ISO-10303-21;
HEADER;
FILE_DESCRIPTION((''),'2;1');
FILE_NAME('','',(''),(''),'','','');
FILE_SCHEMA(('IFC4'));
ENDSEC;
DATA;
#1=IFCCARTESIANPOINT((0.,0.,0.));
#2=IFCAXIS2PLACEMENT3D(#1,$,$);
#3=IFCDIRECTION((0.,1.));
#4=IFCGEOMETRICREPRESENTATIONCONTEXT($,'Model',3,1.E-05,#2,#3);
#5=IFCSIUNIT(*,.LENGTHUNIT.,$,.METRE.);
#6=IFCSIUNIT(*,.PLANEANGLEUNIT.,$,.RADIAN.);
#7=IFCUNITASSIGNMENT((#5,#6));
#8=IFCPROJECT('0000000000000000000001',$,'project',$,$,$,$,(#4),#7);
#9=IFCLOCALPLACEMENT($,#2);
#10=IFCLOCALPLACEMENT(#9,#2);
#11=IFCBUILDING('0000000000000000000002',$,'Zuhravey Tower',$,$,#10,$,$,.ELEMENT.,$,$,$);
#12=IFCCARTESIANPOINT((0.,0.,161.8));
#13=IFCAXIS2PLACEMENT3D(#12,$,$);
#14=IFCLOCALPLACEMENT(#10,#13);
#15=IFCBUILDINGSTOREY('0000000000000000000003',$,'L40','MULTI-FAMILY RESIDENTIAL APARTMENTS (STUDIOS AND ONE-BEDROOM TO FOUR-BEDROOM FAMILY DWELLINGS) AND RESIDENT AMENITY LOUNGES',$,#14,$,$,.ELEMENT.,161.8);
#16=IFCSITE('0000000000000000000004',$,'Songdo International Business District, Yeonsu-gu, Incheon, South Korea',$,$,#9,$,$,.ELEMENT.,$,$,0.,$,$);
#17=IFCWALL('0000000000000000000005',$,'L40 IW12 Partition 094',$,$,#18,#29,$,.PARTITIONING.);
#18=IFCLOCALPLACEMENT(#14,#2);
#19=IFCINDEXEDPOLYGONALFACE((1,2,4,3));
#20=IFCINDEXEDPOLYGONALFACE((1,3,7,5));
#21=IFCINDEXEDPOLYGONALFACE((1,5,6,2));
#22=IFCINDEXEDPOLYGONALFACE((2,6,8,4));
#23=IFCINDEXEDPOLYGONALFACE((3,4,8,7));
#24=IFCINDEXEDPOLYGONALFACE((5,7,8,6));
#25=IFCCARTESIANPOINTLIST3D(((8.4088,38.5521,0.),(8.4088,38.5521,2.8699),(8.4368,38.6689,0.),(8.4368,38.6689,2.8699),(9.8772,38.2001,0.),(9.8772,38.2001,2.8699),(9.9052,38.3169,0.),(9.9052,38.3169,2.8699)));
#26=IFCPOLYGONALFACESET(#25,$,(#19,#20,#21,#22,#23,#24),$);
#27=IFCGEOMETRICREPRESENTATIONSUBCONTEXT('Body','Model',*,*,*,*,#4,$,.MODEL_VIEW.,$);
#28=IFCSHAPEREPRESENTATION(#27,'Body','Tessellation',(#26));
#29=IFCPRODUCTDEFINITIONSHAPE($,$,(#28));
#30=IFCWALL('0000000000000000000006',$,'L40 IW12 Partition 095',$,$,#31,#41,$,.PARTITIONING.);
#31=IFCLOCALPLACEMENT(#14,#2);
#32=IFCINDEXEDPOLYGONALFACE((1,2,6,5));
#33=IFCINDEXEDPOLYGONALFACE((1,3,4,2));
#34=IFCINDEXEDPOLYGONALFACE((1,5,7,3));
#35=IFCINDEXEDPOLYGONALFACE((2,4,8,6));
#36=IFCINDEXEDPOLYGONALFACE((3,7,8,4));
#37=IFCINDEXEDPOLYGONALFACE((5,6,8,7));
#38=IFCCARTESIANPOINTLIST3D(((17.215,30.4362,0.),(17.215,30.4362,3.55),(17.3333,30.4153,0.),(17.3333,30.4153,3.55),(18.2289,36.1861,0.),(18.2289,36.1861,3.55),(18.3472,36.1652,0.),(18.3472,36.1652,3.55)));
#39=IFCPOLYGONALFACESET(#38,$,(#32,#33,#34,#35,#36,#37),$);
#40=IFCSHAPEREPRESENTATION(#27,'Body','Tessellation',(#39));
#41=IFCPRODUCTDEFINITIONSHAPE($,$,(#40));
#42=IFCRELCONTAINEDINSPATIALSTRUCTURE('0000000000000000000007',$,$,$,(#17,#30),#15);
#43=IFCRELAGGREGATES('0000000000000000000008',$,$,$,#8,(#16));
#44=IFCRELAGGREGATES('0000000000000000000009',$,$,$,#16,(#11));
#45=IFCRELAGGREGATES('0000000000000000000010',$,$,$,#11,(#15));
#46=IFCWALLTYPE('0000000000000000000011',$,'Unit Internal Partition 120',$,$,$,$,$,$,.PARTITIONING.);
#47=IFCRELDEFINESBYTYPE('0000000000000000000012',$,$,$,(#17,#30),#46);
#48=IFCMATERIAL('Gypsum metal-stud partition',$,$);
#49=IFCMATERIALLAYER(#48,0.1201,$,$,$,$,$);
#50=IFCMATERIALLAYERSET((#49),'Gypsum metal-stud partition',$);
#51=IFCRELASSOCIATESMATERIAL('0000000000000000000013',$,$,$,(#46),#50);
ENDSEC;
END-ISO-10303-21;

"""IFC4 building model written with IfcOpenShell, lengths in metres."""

from ifc_helpers import new_model, si_unit, direction, frame, frame_2d, origin, place, context, subcontext, project, spatial, rectangle, extrude, material, layer, layer_set, type_object, element, save


model = new_model("IFC4")

# Units and contexts
model_context = context("Model", 3, precision=1e-05, world=origin(), true_north=direction((0.0, 1.0)))
body_context = subcontext(model_context, "Body", "Model", "MODEL_VIEW")
ifc_project = project(units=[si_unit("LENGTHUNIT", "METRE"), si_unit("PLANEANGLEUNIT", "RADIAN")], contexts=[model_context])

# Site, building, storey
site_placement = place(None, origin())
site = spatial("IfcSite", under=ifc_project, at=site_placement, Name="Songdo International Business District, Yeonsu-gu, Incheon, South Korea", CompositionType="ELEMENT", RefElevation=0.0)
building_placement = place(site_placement, origin())
building = spatial("IfcBuilding", under=site, at=building_placement, Name="Zuhravey Tower", CompositionType="ELEMENT")
storey_placement = place(building_placement, frame((0.0, 0.0, 161.8)))
storey = spatial("IfcBuildingStorey", under=building, at=storey_placement, Name="L40", Description="MULTI-FAMILY RESIDENTIAL APARTMENTS (STUDIOS AND ONE-BEDROOM TO FOUR-BEDROOM FAMILY DWELLINGS) AND RESIDENT AMENITY LOUNGES", CompositionType="ELEMENT", Elevation=161.8)

# Shared definitions
ifc_material_1 = material(Name="Gypsum metal-stud partition")
ifc_layer_1 = layer(ifc_material_1, 0.1201)
ifc_layer_set_1 = layer_set([ifc_layer_1], Name="Gypsum metal-stud partition")
wall_type_1 = type_object("IfcWallType", Name="Unit Internal Partition 120", PredefinedType="PARTITIONING", material=ifc_layer_set_1)

# Walls
wall_1_placement = place(storey_placement, frame((9.8911, 38.2585, 0.0), z_axis=(0.0, 0.0, 1.0), x_axis=(-0.972446, 0.233128, 0.0)))
element("IfcWall", 1, at=wall_1_placement, inside=storey, type_object=wall_type_1, Name="L40 IW12 Partition 094", PredefinedType="PARTITIONING", context=body_context, shape_type="SweptSolid", body=[
    extrude(rectangle(XDim=1.51, YDim=0.1201, at=frame_2d((0.7549, 0.0))), origin(), (0.0, 0.0, 1.0), 2.8699),
])
wall_2_placement = place(storey_placement, frame((18.2881, 36.1758, 0.0), z_axis=(0.0, 0.0, 1.0), x_axis=(-0.173654, -0.984807, 0.0)))
element("IfcWall", 2, at=wall_2_placement, inside=storey, type_object=wall_type_1, Name="L40 IW12 Partition 095", PredefinedType="PARTITIONING", context=body_context, shape_type="SweptSolid", body=[
    extrude(rectangle(XDim=5.8386, YDim=0.1201, at=frame_2d((2.9194, 0.0))), origin(), (0.0, 0.0, 1.0), 3.55),
])

save(model, "model.ifc")
